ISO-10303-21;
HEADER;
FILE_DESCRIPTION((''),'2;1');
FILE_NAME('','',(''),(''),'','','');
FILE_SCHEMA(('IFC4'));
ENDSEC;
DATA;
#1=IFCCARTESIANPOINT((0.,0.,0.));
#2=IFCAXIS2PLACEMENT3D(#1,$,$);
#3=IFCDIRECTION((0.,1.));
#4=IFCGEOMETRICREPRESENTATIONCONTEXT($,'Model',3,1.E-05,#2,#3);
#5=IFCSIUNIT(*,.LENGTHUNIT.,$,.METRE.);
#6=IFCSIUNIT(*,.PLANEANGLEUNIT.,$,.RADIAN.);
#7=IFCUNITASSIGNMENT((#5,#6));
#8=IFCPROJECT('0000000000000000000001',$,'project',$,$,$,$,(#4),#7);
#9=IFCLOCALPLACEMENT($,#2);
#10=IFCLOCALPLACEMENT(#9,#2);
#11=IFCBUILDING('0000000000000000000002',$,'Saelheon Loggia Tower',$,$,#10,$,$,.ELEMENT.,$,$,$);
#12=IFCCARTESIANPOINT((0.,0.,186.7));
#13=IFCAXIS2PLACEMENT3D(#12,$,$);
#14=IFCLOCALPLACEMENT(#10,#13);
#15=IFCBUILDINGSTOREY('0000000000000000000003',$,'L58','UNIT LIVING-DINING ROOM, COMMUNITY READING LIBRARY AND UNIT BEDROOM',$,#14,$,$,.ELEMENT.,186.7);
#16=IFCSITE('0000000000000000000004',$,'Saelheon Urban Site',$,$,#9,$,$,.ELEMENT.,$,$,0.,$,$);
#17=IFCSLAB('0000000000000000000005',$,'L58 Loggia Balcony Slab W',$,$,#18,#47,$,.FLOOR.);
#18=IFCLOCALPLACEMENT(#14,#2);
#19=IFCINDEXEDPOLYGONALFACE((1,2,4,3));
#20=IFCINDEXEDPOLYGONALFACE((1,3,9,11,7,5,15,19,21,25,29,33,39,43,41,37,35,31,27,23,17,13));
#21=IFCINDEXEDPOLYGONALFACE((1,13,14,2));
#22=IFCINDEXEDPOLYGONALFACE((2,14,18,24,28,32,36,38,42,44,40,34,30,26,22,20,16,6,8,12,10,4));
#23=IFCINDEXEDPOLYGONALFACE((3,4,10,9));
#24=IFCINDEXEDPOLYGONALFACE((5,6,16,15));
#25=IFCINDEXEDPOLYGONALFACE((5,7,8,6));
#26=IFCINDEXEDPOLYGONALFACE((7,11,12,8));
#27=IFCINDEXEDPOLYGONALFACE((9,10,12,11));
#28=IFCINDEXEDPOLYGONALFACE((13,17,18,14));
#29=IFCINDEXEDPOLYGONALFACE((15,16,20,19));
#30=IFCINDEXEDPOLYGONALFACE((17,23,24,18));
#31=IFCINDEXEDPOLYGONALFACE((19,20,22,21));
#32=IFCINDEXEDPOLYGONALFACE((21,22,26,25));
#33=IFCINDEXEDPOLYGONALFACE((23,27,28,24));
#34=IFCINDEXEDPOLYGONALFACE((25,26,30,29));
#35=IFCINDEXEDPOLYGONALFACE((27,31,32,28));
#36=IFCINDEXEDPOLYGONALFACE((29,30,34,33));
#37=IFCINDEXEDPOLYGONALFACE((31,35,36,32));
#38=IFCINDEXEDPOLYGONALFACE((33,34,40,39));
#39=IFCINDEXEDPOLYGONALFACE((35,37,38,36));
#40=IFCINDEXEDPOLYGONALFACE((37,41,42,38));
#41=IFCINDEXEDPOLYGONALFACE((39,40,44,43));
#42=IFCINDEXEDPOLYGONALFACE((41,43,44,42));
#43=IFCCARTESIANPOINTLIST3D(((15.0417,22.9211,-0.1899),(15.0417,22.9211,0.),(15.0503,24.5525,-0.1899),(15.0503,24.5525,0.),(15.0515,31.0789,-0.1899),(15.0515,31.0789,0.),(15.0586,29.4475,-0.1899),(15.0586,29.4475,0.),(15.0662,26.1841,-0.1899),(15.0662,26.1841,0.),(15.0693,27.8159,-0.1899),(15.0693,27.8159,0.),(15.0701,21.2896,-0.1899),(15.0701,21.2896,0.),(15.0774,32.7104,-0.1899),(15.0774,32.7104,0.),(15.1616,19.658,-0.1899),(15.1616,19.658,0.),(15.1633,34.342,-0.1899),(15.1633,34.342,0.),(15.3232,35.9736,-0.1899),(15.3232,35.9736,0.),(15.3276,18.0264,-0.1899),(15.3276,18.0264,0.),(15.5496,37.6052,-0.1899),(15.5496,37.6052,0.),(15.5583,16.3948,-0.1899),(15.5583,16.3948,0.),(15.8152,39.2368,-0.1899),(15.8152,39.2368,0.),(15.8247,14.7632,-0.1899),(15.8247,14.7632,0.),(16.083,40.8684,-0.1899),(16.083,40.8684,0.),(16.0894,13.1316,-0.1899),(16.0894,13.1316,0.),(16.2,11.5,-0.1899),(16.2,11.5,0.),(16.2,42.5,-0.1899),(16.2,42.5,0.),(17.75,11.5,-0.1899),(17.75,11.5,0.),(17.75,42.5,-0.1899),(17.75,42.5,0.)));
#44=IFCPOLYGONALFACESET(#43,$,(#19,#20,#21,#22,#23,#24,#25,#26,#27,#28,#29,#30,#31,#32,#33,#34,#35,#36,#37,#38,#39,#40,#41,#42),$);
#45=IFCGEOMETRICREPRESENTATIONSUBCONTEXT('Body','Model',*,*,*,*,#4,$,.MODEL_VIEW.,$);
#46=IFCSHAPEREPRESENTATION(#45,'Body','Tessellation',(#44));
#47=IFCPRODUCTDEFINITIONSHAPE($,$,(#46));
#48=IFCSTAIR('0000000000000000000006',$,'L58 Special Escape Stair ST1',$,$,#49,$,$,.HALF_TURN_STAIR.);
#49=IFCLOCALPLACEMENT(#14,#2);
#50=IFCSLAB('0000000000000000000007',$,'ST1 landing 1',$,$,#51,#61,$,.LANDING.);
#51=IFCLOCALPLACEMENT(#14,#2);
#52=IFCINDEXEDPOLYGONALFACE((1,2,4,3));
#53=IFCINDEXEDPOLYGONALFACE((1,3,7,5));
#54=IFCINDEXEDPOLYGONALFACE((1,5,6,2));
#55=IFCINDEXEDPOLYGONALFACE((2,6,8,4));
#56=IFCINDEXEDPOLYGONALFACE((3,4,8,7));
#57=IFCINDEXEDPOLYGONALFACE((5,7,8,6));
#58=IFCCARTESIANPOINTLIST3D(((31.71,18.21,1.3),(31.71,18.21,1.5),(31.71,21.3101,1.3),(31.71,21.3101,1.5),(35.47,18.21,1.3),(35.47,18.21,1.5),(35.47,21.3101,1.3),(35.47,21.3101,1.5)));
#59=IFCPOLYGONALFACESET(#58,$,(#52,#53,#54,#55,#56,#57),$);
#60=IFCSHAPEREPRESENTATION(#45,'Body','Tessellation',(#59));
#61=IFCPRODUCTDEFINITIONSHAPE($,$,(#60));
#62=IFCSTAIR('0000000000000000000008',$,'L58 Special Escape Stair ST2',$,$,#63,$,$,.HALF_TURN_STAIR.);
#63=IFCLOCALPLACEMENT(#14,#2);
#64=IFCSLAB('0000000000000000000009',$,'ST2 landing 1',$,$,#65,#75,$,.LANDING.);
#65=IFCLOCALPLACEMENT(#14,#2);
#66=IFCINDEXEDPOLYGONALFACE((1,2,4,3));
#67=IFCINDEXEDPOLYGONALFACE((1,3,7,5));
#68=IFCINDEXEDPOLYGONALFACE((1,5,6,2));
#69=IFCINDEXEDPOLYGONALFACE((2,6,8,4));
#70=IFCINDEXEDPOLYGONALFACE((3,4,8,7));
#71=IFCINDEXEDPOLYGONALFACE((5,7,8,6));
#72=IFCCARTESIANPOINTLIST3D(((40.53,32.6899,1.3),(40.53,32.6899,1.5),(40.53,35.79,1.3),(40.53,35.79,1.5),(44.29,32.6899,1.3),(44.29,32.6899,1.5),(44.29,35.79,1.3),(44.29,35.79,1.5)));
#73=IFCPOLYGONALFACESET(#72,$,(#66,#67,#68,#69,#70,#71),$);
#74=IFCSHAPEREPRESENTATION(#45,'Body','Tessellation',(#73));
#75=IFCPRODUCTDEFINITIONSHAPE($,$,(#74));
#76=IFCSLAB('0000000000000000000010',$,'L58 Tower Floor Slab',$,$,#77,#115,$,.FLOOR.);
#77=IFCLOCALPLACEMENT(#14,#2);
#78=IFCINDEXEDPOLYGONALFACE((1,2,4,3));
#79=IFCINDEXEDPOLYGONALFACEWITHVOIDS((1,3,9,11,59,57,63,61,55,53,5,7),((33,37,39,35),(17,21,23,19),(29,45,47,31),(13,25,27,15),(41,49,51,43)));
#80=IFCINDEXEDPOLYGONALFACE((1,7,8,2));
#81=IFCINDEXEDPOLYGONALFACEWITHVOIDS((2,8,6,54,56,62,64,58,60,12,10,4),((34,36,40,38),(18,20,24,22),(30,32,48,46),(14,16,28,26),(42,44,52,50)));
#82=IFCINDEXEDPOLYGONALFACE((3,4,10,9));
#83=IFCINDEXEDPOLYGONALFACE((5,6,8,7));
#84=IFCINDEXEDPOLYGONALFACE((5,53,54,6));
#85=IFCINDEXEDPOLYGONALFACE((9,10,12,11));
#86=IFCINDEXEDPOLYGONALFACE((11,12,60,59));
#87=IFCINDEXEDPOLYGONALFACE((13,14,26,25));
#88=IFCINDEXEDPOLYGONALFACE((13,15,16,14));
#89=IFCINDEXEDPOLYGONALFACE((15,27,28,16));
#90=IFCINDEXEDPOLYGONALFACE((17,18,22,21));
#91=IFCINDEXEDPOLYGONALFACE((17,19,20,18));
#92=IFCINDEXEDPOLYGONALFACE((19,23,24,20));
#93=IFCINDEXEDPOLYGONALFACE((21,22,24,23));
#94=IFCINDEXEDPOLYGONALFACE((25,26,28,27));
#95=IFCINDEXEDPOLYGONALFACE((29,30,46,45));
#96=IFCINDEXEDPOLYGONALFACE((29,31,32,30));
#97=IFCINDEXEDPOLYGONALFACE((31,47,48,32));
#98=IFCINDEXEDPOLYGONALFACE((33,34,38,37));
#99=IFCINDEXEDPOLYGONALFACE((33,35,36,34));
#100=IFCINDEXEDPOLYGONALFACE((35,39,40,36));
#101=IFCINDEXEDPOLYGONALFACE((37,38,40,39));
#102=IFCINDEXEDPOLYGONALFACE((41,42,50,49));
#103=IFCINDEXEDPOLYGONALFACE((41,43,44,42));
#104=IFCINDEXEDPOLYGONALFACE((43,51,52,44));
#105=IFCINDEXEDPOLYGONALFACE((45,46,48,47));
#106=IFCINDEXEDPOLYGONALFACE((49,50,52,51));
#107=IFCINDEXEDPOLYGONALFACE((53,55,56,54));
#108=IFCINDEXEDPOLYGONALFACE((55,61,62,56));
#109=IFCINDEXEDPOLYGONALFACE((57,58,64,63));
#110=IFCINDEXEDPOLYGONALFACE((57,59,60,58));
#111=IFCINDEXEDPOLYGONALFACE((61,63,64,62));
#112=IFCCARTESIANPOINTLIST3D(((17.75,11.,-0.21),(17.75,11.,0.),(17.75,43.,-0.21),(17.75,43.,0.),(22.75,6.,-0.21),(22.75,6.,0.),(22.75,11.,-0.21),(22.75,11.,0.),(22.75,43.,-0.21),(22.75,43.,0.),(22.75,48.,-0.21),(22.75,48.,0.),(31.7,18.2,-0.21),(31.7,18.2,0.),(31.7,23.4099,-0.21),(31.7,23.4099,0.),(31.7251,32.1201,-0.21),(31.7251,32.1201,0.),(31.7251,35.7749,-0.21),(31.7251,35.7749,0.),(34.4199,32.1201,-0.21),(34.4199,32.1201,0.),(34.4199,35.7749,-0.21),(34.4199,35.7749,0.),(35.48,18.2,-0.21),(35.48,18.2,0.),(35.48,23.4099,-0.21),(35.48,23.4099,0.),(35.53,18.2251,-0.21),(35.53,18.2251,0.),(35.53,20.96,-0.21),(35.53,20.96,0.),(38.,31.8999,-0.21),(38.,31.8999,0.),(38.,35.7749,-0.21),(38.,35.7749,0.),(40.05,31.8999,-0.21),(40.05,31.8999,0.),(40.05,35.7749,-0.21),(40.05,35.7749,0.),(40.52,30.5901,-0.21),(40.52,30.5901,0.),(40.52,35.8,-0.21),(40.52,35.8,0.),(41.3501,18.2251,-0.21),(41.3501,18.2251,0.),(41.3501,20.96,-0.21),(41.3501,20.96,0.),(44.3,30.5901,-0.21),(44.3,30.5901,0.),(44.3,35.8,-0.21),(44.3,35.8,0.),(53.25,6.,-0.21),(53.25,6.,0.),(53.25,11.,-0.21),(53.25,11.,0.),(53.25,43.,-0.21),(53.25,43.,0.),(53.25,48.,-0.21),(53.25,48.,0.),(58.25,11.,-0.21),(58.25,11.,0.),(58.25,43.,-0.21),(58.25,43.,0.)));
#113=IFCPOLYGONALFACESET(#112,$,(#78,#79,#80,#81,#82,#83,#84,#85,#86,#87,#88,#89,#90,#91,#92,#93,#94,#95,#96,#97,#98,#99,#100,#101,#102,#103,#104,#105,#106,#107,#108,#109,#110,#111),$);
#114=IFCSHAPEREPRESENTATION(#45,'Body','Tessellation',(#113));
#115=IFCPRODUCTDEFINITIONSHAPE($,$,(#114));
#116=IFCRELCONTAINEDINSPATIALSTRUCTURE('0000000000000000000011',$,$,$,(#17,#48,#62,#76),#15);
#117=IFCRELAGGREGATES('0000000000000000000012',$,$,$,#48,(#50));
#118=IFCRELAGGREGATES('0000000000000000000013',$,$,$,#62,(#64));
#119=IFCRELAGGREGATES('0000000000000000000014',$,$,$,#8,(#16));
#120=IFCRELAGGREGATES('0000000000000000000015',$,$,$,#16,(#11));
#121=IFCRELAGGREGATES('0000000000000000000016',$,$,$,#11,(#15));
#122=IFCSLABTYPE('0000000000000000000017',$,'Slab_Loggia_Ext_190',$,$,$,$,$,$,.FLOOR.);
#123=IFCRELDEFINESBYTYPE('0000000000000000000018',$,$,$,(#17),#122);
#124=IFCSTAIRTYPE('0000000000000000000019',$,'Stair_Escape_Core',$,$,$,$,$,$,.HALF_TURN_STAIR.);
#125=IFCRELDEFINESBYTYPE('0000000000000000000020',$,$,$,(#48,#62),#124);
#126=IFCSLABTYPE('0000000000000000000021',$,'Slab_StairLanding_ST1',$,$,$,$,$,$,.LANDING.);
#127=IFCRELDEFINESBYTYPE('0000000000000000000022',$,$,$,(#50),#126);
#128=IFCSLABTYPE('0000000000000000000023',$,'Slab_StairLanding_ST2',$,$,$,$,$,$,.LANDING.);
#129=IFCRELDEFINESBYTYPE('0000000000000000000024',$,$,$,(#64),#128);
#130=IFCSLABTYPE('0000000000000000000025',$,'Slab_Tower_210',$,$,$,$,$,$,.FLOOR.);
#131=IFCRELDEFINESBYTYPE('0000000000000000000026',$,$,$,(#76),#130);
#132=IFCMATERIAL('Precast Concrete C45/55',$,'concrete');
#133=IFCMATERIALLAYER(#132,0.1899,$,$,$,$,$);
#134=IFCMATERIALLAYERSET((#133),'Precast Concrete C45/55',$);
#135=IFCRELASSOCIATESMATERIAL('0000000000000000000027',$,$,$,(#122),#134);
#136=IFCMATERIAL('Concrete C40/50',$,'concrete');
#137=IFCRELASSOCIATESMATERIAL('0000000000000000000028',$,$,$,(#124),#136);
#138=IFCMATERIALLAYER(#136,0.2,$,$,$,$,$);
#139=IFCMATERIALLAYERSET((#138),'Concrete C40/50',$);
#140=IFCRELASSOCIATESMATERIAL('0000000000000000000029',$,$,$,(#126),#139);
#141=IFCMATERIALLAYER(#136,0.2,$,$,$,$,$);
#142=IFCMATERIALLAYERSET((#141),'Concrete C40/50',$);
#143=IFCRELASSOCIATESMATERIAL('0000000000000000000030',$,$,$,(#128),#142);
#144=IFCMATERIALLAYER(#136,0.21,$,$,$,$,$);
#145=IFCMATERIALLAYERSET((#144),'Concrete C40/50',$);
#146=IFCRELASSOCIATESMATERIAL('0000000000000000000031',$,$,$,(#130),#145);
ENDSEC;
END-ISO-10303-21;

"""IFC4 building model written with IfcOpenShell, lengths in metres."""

from ifc_helpers import new_model, si_unit, direction, frame, origin, place, context, subcontext, project, spatial, polyline, outline, extrude, material, layer, layer_set, type_object, element, aggregate, save


model = new_model("IFC4")

# Units and contexts
model_context = context("Model", 3, precision=1e-05, world=origin(), true_north=direction((0.0, 1.0)))
body_context = subcontext(model_context, "Body", "Model", "MODEL_VIEW")
ifc_project = project(units=[si_unit("LENGTHUNIT", "METRE"), si_unit("PLANEANGLEUNIT", "RADIAN")], contexts=[model_context])

# Site, building, storey
site_placement = place(None, origin())
site = spatial("IfcSite", under=ifc_project, at=site_placement, Name="Saelheon Urban Site", CompositionType="ELEMENT", RefElevation=0.0)
building_placement = place(site_placement, origin())
building = spatial("IfcBuilding", under=site, at=building_placement, Name="Saelheon Loggia Tower", CompositionType="ELEMENT")
storey_placement = place(building_placement, frame((0.0, 0.0, 186.7)))
storey = spatial("IfcBuildingStorey", under=building, at=storey_placement, Name="L58", Description="UNIT LIVING-DINING ROOM, COMMUNITY READING LIBRARY AND UNIT BEDROOM", CompositionType="ELEMENT", Elevation=186.7)

# Shared definitions
ifc_material_1 = material(Name="Concrete C40/50", Category="concrete")

# Slab
ifc_material_2 = material(Name="Precast Concrete C45/55", Category="concrete")
ifc_layer_1 = layer(ifc_material_2, 0.1899)
ifc_layer_set_1 = layer_set([ifc_layer_1], Name="Precast Concrete C45/55")
slab_type_1 = type_object("IfcSlabType", Name="Slab_Loggia_Ext_190", PredefinedType="FLOOR", material=ifc_layer_set_1)
slab_1_placement = place(storey_placement, frame((0.0, 0.0, -0.1899)))
element("IfcSlab", 1, at=slab_1_placement, inside=storey, type_object=slab_type_1, Name="L58 Loggia Balcony Slab W", PredefinedType="FLOOR", context=body_context, shape_type="SweptSolid", body=[
    extrude(outline(polyline([(17.75, 11.5), (17.75, 42.5), (16.2, 42.5), (16.083, 40.8684), (15.8152, 39.2368), (15.5496, 37.6052), (15.3232, 35.9736), (15.1633, 34.342), (15.0774, 32.7104), (15.0515, 31.0789), (15.0586, 29.4475), (15.0693, 27.8159), (15.0662, 26.1841), (15.0503, 24.5525), (15.0417, 22.9211), (15.0701, 21.2896), (15.1616, 19.658), (15.3276, 18.0264), (15.5583, 16.3948), (15.8247, 14.7632), (16.0894, 13.1316), (16.2, 11.5), (17.75, 11.5)])), origin(), (0.0, 0.0, 1.0), 0.1899),
])

# Stairs, slabs
stair_type = type_object("IfcStairType", Name="Stair_Escape_Core", PredefinedType="HALF_TURN_STAIR", material=ifc_material_1)
stair_1_placement = place(storey_placement, origin())
stair_1 = element("IfcStair", 2, at=stair_1_placement, inside=storey, type_object=stair_type, Name="L58 Special Escape Stair ST1", PredefinedType="HALF_TURN_STAIR")
ifc_layer_2 = layer(ifc_material_1, 0.2)
ifc_layer_set_2 = layer_set([ifc_layer_2], Name="Concrete C40/50")
slab_type_2 = type_object("IfcSlabType", Name="Slab_StairLanding_ST1", PredefinedType="LANDING", material=ifc_layer_set_2)
slab_2_placement = place(storey_placement, frame((0.0, 0.0, 1.3)))
slab_2 = element("IfcSlab", 3, at=slab_2_placement, type_object=slab_type_2, Name="ST1 landing 1", PredefinedType="LANDING", context=body_context, shape_type="SweptSolid", body=[
    extrude(outline(polyline([(31.71, 21.3101), (31.71, 18.21), (35.47, 18.21), (35.47, 21.3101), (31.71, 21.3101)])), origin(), (0.0, 0.0, 1.0), 0.2),
])
aggregate(stair_1, [slab_2])
stair_2_placement = place(storey_placement, origin())
stair_2 = element("IfcStair", 4, at=stair_2_placement, inside=storey, type_object=stair_type, Name="L58 Special Escape Stair ST2", PredefinedType="HALF_TURN_STAIR")
ifc_layer_3 = layer(ifc_material_1, 0.2)
ifc_layer_set_3 = layer_set([ifc_layer_3], Name="Concrete C40/50")
slab_type_3 = type_object("IfcSlabType", Name="Slab_StairLanding_ST2", PredefinedType="LANDING", material=ifc_layer_set_3)
slab_3_placement = place(storey_placement, frame((0.0, 0.0, 1.3)))
slab_3 = element("IfcSlab", 5, at=slab_3_placement, type_object=slab_type_3, Name="ST2 landing 1", PredefinedType="LANDING", context=body_context, shape_type="SweptSolid", body=[
    extrude(outline(polyline([(44.29, 32.6899), (44.29, 35.79), (40.53, 35.79), (40.53, 32.6899), (44.29, 32.6899)])), origin(), (0.0, 0.0, 1.0), 0.2),
])
aggregate(stair_2, [slab_3])

# Slab
ifc_layer_4 = layer(ifc_material_1, 0.21)
ifc_layer_set_4 = layer_set([ifc_layer_4], Name="Concrete C40/50")
slab_type_4 = type_object("IfcSlabType", Name="Slab_Tower_210", PredefinedType="FLOOR", material=ifc_layer_set_4)
slab_4_placement = place(storey_placement, frame((0.0, 0.0, -0.21)))
element("IfcSlab", 6, at=slab_4_placement, inside=storey, type_object=slab_type_4, Name="L58 Tower Floor Slab", PredefinedType="FLOOR", context=body_context, shape_type="SweptSolid", body=[
    extrude(outline(polyline([(22.75, 6.0), (53.25, 6.0), (53.25, 11.0), (58.25, 11.0), (58.25, 43.0), (53.25, 43.0), (53.25, 48.0), (22.75, 48.0), (22.75, 43.0), (17.75, 43.0), (17.75, 11.0), (22.75, 11.0), (22.75, 6.0)]), holes=[polyline([(31.7, 23.4099), (31.7, 18.2), (35.48, 18.2), (35.48, 23.4099), (31.7, 23.4099)]), polyline([(44.3, 30.5901), (44.3, 35.8), (40.52, 35.8), (40.52, 30.5901), (44.3, 30.5901)]), polyline([(35.53, 18.2251), (41.3501, 18.2251), (41.3501, 20.96), (35.53, 20.96), (35.53, 18.2251)]), polyline([(31.7251, 32.1201), (34.4199, 32.1201), (34.4199, 35.7749), (31.7251, 35.7749), (31.7251, 32.1201)]), polyline([(38.0, 31.8999), (40.05, 31.8999), (40.05, 35.7749), (38.0, 35.7749), (38.0, 31.8999)])]), origin(), (0.0, 0.0, 1.0), 0.21),
])

save(model, "model.ifc")
